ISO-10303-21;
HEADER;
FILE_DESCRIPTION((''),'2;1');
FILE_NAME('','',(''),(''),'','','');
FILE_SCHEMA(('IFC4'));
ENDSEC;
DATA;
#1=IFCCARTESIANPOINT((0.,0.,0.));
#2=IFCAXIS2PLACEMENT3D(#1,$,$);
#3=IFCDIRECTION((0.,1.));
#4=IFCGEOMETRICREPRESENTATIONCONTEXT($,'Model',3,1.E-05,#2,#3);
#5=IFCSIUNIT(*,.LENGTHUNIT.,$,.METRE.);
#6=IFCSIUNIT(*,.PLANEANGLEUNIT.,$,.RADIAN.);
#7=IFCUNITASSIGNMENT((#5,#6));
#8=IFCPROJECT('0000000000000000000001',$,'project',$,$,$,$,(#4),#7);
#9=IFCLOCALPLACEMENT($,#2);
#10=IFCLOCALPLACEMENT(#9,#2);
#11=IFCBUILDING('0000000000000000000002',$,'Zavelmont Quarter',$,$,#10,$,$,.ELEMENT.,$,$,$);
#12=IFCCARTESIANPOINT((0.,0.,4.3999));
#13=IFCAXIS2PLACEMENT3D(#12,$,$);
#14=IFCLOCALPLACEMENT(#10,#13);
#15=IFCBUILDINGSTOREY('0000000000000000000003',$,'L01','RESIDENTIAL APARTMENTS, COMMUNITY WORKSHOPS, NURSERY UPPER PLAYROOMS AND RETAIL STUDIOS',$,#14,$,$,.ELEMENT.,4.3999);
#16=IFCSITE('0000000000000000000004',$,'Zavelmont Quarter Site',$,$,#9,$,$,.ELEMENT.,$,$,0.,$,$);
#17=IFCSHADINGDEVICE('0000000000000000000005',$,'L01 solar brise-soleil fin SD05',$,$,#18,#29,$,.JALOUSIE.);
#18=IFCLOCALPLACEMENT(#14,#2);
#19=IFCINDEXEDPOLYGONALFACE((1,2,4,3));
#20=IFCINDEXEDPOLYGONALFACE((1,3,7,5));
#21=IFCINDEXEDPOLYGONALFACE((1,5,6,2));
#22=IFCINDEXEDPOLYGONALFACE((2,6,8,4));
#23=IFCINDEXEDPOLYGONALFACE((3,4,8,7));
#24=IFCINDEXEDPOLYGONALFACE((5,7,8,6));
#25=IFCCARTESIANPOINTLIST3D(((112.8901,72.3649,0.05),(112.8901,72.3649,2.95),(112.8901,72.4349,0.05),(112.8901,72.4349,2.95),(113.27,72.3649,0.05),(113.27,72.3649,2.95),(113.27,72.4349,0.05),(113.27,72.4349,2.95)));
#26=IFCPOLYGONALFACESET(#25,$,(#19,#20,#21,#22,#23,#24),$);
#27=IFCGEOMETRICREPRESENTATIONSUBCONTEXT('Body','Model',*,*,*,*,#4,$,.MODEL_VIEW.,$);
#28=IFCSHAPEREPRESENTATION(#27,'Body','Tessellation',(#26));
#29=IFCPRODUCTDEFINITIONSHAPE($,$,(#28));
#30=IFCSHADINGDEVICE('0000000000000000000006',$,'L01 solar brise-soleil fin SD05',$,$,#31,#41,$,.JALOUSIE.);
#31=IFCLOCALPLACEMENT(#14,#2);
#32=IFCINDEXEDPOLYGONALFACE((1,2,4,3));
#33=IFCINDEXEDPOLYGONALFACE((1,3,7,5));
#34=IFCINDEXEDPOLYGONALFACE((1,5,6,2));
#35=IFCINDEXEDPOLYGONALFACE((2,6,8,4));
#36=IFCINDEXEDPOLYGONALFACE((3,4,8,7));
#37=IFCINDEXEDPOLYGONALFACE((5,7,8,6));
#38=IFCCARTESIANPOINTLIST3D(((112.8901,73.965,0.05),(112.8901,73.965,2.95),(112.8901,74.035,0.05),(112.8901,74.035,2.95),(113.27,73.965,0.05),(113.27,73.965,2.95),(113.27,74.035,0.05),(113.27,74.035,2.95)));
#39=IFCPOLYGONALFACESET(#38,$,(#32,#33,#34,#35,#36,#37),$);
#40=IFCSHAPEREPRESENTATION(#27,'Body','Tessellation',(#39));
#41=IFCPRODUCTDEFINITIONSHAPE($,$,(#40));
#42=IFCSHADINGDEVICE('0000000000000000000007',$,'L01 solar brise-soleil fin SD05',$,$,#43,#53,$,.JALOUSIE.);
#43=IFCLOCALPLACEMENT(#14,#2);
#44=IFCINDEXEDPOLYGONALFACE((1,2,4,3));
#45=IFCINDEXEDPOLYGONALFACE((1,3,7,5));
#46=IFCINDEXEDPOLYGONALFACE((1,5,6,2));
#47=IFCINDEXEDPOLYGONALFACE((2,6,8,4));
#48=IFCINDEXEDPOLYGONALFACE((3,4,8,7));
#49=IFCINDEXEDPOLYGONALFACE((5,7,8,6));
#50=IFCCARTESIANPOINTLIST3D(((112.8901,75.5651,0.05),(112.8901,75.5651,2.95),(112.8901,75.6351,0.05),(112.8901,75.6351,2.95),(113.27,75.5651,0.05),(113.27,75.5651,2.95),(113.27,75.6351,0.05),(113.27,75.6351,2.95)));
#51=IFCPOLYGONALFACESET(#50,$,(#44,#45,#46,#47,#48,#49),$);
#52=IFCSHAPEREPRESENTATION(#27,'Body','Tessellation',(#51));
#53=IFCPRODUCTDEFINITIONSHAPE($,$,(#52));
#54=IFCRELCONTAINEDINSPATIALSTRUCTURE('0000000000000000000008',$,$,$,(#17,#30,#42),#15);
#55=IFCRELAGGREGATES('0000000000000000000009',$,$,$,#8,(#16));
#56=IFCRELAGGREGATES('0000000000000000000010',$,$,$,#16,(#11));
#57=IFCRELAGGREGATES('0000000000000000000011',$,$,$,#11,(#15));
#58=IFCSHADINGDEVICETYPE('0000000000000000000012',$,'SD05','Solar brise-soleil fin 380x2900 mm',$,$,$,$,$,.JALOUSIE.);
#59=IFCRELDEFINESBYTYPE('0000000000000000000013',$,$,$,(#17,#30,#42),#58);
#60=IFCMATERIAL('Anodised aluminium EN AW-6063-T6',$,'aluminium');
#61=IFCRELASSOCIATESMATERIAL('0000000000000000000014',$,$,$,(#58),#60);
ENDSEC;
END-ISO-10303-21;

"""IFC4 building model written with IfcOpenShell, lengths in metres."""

from ifc_helpers import new_model, si_unit, direction, frame, origin, origin_2d, place, context, subcontext, project, spatial, rectangle, extrude, material, type_object, element, save


model = new_model("IFC4")

# Units and contexts
model_context = context("Model", 3, precision=1e-05, world=origin(), true_north=direction((0.0, 1.0)))
body_context = subcontext(model_context, "Body", "Model", "MODEL_VIEW")
ifc_project = project(units=[si_unit("LENGTHUNIT", "METRE"), si_unit("PLANEANGLEUNIT", "RADIAN")], contexts=[model_context])

# Site, building, storey
site_placement = place(None, origin())
site = spatial("IfcSite", under=ifc_project, at=site_placement, Name="Zavelmont Quarter Site", CompositionType="ELEMENT", RefElevation=0.0)
building_placement = place(site_placement, origin())
building = spatial("IfcBuilding", under=site, at=building_placement, Name="Zavelmont Quarter", CompositionType="ELEMENT")
storey_placement = place(building_placement, frame((0.0, 0.0, 4.3999)))
storey = spatial("IfcBuildingStorey", under=building, at=storey_placement, Name="L01", Description="RESIDENTIAL APARTMENTS, COMMUNITY WORKSHOPS, NURSERY UPPER PLAYROOMS AND RETAIL STUDIOS", CompositionType="ELEMENT", Elevation=4.3999)

# Shading devices
ifc_material_1 = material(Name="Anodised aluminium EN AW-6063-T6", Category="aluminium")
shading_device_type = type_object("IfcShadingDeviceType", Name="SD05", Description="Solar brise-soleil fin 380x2900 mm", PredefinedType="JALOUSIE", material=ifc_material_1)
for number, where, z_axis, x_axis, name in (
    (1, (113.0801, 72.3999, 0.05), (0.0, 0.0, 1.0), (0.0, 1.0, 0.0), "L01 solar brise-soleil fin SD05"),
    (2, (113.0801, 74.0, 0.05), (0.0, 0.0, 1.0), (0.0, 1.0, 0.0), "L01 solar brise-soleil fin SD05"),
    (3, (113.0801, 75.6001, 0.05), (0.0, 0.0, 1.0), (0.0, 1.0, 0.0), "L01 solar brise-soleil fin SD05"),
):
    element("IfcShadingDevice", number, at=place(storey_placement, frame(where, z_axis=z_axis, x_axis=x_axis)), inside=storey, type_object=shading_device_type, Name=name, PredefinedType="JALOUSIE", context=body_context, shape_type="SweptSolid", body=[
        extrude(rectangle(XDim=0.0701, YDim=0.3799, at=origin_2d()), origin(), (0.0, 0.0, 1.0), 2.8999),
    ])

save(model, "model.ifc")
